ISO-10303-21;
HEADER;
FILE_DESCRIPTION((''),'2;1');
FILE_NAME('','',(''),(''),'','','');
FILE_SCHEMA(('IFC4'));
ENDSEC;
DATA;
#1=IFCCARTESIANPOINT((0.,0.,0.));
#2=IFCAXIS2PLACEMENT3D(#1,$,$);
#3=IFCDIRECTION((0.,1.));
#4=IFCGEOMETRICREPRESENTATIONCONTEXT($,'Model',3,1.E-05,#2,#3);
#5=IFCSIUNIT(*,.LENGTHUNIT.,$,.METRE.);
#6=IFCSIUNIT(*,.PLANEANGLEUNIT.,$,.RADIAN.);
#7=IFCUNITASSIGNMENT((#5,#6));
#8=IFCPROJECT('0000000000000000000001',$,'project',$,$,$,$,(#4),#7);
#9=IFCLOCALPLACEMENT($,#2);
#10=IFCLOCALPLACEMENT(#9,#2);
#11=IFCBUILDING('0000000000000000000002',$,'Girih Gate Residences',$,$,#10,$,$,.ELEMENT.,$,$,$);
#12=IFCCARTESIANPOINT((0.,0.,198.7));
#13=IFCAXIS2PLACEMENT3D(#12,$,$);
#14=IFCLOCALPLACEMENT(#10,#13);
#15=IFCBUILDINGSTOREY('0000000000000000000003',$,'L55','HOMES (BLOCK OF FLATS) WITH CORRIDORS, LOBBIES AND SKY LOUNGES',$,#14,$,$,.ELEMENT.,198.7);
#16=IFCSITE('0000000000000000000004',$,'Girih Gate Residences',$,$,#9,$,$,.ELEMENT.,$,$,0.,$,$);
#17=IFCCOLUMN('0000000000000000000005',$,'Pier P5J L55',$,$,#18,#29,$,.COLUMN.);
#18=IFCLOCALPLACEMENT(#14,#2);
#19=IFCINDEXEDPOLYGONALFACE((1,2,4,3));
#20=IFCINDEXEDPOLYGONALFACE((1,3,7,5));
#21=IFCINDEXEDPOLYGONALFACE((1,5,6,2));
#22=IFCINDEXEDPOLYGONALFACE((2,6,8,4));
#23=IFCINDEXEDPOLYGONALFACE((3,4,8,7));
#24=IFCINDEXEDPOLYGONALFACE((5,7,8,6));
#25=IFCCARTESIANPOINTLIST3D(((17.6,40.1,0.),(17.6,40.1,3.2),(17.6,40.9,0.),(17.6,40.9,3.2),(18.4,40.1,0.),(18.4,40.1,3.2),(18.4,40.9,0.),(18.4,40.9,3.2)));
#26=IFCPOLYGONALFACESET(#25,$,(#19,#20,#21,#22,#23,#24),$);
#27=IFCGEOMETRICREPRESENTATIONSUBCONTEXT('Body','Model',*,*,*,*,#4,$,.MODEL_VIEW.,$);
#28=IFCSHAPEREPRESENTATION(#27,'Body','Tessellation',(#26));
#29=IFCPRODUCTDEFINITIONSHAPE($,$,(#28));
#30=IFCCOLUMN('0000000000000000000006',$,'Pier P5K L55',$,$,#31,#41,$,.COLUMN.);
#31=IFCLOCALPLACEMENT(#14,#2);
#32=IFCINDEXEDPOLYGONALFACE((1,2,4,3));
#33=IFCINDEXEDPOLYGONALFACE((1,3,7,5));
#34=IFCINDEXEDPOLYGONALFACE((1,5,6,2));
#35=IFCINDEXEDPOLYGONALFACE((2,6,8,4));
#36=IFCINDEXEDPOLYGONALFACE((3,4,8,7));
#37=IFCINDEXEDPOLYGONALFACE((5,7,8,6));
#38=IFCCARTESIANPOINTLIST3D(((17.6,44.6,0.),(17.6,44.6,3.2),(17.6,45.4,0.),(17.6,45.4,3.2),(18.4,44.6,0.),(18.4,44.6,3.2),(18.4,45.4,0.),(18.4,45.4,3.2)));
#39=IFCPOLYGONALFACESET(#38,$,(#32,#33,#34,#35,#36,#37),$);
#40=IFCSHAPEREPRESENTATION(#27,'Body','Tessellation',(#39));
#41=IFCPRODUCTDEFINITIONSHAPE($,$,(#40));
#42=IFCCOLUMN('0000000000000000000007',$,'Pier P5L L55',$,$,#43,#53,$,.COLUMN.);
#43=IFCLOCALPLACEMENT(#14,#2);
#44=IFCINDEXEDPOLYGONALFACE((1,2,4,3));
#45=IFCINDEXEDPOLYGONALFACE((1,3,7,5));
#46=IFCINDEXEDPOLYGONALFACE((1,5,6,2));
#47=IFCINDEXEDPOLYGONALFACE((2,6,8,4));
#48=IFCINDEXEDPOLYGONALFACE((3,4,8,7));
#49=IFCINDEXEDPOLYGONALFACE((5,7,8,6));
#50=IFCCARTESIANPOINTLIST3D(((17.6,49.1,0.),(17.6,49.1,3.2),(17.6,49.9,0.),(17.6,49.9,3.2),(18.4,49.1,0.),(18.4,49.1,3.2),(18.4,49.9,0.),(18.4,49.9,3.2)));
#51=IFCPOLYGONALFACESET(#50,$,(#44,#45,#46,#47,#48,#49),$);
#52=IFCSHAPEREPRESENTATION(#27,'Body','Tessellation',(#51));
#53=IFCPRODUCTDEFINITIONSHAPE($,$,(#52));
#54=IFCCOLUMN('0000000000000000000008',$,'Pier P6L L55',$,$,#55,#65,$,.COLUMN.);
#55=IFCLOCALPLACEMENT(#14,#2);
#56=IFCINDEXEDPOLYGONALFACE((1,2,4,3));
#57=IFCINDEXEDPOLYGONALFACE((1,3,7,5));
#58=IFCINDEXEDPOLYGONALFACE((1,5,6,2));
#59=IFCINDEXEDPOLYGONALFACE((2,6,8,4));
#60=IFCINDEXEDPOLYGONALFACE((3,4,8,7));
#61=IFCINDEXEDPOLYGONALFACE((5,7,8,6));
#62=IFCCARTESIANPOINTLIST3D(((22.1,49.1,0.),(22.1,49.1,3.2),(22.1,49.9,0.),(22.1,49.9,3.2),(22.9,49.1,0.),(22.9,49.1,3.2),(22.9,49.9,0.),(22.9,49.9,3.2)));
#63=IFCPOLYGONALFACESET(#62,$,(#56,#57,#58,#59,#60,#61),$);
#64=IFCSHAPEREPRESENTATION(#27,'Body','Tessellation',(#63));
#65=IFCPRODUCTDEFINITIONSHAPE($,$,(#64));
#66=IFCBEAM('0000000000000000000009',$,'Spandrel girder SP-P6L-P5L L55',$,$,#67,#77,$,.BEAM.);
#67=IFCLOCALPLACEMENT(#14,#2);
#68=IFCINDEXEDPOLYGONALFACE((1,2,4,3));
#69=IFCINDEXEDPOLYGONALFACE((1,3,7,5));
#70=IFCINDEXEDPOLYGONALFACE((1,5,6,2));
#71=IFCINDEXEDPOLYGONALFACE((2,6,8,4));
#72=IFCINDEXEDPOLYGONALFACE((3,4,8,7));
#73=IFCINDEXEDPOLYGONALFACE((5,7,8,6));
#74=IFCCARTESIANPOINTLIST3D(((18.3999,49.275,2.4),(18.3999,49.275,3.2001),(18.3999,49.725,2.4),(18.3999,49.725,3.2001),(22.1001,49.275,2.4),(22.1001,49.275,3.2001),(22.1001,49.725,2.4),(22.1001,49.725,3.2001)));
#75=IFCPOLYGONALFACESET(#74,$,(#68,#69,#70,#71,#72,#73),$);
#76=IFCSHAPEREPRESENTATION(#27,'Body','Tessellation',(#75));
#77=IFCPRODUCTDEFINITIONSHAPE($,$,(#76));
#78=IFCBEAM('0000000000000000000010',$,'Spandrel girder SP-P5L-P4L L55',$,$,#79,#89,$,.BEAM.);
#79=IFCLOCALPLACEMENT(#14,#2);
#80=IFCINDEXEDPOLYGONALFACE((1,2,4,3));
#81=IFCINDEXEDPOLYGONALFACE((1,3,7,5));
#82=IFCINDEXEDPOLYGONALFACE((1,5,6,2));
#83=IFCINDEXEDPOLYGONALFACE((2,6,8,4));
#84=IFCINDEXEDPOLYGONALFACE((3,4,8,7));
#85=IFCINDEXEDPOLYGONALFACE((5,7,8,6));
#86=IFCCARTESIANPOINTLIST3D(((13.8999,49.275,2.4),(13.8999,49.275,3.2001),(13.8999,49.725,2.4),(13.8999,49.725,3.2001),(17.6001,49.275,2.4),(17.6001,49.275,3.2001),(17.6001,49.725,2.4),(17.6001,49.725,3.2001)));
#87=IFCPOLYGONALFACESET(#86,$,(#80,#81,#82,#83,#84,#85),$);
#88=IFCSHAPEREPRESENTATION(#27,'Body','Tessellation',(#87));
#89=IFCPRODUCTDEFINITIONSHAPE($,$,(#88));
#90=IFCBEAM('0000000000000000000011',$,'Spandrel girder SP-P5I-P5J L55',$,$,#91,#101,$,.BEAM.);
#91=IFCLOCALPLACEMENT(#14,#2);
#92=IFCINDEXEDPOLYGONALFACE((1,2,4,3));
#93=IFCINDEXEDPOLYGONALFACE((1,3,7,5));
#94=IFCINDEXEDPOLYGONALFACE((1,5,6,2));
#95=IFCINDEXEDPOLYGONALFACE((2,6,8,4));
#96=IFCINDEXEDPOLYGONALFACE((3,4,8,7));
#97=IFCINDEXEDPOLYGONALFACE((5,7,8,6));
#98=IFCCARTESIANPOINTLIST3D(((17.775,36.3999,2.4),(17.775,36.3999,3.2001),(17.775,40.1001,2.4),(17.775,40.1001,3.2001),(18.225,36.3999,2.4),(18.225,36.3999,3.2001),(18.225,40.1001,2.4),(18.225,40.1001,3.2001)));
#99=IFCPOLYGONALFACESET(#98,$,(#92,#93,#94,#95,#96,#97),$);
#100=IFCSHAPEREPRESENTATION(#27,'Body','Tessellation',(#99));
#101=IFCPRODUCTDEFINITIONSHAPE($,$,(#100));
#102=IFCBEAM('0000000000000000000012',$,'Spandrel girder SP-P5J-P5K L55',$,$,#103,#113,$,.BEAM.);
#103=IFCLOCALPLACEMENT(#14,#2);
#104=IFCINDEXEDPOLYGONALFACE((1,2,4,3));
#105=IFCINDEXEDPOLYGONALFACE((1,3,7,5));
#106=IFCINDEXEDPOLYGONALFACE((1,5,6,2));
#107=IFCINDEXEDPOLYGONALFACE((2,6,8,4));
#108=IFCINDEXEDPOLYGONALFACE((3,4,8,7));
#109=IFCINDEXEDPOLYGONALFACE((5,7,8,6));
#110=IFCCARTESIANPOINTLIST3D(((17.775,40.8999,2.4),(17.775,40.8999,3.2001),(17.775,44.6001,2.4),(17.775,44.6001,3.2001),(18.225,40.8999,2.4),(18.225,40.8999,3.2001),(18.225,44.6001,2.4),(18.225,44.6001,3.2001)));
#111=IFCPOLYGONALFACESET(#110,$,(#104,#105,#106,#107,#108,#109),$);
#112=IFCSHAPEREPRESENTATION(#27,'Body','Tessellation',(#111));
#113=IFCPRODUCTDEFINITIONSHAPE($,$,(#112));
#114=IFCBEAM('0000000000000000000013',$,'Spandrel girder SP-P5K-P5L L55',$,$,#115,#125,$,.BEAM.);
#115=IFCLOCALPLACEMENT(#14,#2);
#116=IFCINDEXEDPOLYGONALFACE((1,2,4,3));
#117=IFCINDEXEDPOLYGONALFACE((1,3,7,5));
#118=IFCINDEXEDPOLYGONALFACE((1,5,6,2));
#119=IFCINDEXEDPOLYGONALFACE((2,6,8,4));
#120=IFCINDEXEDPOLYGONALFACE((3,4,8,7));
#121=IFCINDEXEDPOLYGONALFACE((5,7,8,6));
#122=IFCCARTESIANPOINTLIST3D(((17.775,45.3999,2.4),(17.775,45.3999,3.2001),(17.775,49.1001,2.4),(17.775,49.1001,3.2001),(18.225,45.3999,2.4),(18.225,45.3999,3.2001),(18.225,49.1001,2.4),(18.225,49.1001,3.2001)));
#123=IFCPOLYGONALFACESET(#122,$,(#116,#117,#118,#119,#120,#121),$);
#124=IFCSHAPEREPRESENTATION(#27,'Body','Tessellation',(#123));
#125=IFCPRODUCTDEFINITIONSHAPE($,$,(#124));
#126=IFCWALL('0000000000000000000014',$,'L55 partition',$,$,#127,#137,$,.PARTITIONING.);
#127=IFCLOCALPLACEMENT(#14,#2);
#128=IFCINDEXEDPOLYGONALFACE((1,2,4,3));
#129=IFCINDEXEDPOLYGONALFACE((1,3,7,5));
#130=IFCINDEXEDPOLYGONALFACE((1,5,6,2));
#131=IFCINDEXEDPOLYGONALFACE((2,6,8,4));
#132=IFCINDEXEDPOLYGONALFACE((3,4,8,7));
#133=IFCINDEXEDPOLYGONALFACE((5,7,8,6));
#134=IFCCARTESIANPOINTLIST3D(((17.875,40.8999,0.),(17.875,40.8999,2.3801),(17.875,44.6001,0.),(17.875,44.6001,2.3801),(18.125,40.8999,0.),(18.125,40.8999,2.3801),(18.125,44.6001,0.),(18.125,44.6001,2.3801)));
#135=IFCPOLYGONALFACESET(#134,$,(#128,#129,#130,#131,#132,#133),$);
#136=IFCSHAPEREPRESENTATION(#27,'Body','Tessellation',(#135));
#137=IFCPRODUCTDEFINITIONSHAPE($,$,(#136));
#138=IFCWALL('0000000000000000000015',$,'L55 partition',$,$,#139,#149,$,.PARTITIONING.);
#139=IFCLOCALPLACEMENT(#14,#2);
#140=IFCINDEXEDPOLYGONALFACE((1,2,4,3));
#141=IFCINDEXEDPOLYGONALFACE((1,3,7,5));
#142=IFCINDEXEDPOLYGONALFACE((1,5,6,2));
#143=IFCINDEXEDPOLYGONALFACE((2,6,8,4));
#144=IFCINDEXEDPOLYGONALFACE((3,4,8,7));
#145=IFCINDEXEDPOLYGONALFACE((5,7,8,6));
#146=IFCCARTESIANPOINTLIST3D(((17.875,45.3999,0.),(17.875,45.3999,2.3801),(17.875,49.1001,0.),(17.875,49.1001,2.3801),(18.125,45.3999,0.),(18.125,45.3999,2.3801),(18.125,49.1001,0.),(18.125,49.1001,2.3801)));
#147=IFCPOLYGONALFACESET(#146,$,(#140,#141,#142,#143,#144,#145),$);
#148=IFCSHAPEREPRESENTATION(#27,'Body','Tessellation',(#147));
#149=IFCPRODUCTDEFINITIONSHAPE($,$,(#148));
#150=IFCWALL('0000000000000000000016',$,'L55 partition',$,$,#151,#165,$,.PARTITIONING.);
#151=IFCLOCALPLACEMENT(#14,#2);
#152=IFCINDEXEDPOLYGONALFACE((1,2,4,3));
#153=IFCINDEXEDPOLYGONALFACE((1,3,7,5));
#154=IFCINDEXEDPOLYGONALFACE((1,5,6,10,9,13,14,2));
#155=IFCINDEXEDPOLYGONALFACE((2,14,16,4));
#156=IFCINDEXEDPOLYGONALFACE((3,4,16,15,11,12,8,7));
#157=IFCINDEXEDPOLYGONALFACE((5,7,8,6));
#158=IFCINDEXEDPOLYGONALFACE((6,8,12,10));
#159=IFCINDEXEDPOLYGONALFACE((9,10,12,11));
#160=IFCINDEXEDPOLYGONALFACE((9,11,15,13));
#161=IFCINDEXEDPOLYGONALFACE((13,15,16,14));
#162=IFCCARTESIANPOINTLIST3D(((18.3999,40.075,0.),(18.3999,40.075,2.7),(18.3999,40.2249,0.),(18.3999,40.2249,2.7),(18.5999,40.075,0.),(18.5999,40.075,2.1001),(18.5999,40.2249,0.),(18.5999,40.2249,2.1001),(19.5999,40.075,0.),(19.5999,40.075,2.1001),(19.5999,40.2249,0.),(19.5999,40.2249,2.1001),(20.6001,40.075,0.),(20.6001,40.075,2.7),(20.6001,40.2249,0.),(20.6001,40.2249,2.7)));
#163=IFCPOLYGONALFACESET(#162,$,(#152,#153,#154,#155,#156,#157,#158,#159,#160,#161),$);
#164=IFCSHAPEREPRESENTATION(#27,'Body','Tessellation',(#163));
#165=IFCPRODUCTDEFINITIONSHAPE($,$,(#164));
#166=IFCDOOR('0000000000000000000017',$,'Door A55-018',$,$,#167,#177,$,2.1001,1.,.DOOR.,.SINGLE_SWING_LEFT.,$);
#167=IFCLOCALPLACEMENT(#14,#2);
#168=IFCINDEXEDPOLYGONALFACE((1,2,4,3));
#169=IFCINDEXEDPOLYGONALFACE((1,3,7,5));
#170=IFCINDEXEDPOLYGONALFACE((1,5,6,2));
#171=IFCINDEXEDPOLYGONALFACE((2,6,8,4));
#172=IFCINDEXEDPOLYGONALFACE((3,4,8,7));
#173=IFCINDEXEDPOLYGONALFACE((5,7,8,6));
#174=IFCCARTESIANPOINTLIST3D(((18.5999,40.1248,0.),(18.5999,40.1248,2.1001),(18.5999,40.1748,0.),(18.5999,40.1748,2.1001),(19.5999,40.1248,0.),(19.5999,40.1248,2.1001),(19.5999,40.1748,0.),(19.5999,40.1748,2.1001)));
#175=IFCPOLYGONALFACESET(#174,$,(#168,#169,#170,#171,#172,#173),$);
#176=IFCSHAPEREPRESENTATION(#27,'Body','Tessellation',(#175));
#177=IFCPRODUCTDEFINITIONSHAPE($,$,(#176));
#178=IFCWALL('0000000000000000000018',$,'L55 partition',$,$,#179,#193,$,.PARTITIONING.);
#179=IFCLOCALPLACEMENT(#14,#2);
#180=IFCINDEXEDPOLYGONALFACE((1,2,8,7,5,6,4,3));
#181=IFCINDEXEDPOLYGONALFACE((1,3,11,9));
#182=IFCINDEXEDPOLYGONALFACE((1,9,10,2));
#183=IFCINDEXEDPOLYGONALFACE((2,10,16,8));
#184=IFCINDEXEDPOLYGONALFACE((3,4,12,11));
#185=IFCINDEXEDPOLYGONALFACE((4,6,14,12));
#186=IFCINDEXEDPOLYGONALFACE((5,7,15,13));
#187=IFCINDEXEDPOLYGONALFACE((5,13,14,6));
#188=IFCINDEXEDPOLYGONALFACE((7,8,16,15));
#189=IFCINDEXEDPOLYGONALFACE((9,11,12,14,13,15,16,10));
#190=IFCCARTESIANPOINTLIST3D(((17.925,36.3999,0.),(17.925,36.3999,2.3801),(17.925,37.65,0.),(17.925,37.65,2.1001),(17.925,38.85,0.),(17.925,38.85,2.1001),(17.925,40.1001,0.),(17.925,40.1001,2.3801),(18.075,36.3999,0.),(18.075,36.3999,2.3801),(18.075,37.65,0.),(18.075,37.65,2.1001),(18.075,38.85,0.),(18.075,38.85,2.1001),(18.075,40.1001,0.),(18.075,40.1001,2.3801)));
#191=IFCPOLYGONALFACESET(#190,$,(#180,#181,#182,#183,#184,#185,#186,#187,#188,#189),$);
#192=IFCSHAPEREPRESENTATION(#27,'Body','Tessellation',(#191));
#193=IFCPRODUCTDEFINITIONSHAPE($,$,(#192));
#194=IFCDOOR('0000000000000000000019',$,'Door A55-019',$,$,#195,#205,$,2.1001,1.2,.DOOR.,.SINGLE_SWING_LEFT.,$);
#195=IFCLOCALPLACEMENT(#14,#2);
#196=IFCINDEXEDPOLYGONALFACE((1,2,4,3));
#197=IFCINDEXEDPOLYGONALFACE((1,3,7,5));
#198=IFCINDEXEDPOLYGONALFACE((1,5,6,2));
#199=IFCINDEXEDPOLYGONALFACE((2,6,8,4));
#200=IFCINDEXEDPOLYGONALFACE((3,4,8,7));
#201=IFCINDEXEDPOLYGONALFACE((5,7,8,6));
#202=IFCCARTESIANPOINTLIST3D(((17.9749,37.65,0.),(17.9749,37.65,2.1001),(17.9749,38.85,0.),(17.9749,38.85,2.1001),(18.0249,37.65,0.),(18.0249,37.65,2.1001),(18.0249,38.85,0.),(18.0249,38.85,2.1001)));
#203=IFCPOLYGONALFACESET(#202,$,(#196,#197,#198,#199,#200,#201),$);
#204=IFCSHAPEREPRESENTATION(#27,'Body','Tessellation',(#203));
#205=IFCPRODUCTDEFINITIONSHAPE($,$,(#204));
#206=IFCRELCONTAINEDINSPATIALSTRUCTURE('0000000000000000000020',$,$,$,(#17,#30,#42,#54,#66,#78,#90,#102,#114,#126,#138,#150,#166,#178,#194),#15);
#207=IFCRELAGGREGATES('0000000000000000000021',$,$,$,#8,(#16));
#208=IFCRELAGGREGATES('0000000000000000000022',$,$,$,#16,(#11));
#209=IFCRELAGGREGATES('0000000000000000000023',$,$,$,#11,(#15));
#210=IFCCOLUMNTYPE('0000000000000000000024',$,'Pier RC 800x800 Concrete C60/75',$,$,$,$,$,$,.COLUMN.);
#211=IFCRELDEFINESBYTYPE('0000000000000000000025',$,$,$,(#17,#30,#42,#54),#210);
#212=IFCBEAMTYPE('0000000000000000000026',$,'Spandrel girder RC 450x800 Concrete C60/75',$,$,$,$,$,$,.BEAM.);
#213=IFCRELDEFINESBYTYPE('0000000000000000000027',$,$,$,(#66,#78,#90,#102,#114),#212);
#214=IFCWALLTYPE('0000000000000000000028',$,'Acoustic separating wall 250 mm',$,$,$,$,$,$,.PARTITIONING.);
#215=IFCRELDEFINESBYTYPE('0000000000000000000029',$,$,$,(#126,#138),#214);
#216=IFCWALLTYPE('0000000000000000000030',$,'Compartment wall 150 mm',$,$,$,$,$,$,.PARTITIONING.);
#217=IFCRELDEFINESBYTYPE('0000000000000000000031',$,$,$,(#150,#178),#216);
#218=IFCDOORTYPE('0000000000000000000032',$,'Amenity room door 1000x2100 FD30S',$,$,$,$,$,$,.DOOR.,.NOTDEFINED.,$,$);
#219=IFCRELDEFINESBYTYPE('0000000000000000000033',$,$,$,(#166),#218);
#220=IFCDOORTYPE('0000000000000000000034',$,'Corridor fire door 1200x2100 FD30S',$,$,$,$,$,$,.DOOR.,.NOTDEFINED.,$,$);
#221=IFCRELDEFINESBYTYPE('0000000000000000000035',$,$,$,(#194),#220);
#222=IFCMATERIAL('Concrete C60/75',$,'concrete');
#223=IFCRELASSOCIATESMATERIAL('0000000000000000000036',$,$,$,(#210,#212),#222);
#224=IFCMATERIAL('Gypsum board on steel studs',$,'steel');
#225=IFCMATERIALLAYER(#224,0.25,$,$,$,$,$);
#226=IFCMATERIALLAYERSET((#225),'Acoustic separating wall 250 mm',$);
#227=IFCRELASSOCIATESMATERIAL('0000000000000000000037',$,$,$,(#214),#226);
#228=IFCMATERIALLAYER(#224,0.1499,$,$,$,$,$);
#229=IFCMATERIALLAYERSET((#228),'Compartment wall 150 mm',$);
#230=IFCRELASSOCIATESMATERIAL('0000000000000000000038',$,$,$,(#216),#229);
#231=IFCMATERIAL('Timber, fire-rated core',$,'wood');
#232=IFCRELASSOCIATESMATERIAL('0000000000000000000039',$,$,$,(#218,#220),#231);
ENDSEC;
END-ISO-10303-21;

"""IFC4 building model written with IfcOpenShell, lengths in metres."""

from ifc_helpers import new_model, si_unit, direction, frame, frame_2d, origin, origin_2d, place, context, subcontext, project, spatial, rectangle, extrude, material, layer, layer_set, material_profile, profile_set, type_object, element, fill, save


model = new_model("IFC4")

# Units and contexts
model_context = context("Model", 3, precision=1e-05, world=origin(), true_north=direction((0.0, 1.0)))
body_context = subcontext(model_context, "Body", "Model", "MODEL_VIEW")
ifc_project = project(units=[si_unit("LENGTHUNIT", "METRE"), si_unit("PLANEANGLEUNIT", "RADIAN")], contexts=[model_context])

# Site, building, storey
site_placement = place(None, origin())
site = spatial("IfcSite", under=ifc_project, at=site_placement, Name="Girih Gate Residences", CompositionType="ELEMENT", RefElevation=0.0)
building_placement = place(site_placement, origin())
building = spatial("IfcBuilding", under=site, at=building_placement, Name="Girih Gate Residences", CompositionType="ELEMENT")
storey_placement = place(building_placement, frame((0.0, 0.0, 198.7)))
storey = spatial("IfcBuildingStorey", under=building, at=storey_placement, Name="L55", Description="HOMES (BLOCK OF FLATS) WITH CORRIDORS, LOBBIES AND SKY LOUNGES", CompositionType="ELEMENT", Elevation=198.7)

# Columns
ifc_material_1 = material(Name="Concrete C60/75", Category="concrete")
ifc_material_profile_1 = material_profile(ifc_material_1, rectangle(XDim=0.8, YDim=0.8, at=origin_2d()))
ifc_profile_set_1 = profile_set([ifc_material_profile_1], Name="Concrete C60/75")
column_type = type_object("IfcColumnType", Name="Pier RC 800x800 Concrete C60/75", PredefinedType="COLUMN", material=ifc_profile_set_1)
for number, where, z_axis, x_axis, name in (
    (1, (18.0, 40.5, 0.0), (0.0, 0.0, 1.0), (1.0, 0.0, 0.0), "Pier P5J L55"),
    (2, (18.0, 45.0, 0.0), (0.0, 0.0, 1.0), (1.0, 0.0, 0.0), "Pier P5K L55"),
    (3, (18.0, 49.5, 0.0), (0.0, 0.0, 1.0), (1.0, 0.0, 0.0), "Pier P5L L55"),
    (4, (22.5, 49.5, 0.0), (0.0, 0.0, 1.0), (1.0, 0.0, 0.0), "Pier P6L L55"),
):
    element("IfcColumn", number, at=place(storey_placement, frame(where, z_axis=z_axis, x_axis=x_axis)), inside=storey, type_object=column_type, Name=name, PredefinedType="COLUMN", context=body_context, shape_type="SweptSolid", body=[
        extrude(rectangle(XDim=0.8, YDim=0.8, at=origin_2d()), origin(), (0.0, 0.0, 1.0), 3.2),
    ])

# Beams
ifc_material_profile_2 = material_profile(ifc_material_1, rectangle(XDim=0.45, YDim=0.8, at=origin_2d()))
ifc_profile_set_2 = profile_set([ifc_material_profile_2], Name="Concrete C60/75")
beam_type = type_object("IfcBeamType", Name="Spandrel girder RC 450x800 Concrete C60/75", PredefinedType="BEAM", material=ifc_profile_set_2)
for number, where, z_axis, x_axis, name in (
    (5, (22.1001, 49.5, 2.8), (-1.0, 0.0, 0.0), (0.0, -1.0, 0.0), "Spandrel girder SP-P6L-P5L L55"),
    (6, (17.6001, 49.5, 2.8), (-1.0, 0.0, 0.0), (0.0, -1.0, 0.0), "Spandrel girder SP-P5L-P4L L55"),
    (7, (18.0, 36.3999, 2.8), (0.0, 1.0, 0.0), (-1.0, 0.0, 0.0), "Spandrel girder SP-P5I-P5J L55"),
    (8, (18.0, 40.8999, 2.8), (0.0, 1.0, 0.0), (-1.0, 0.0, 0.0), "Spandrel girder SP-P5J-P5K L55"),
    (9, (18.0, 45.3999, 2.8), (0.0, 1.0, 0.0), (-1.0, 0.0, 0.0), "Spandrel girder SP-P5K-P5L L55"),
):
    element("IfcBeam", number, at=place(storey_placement, frame(where, z_axis=z_axis, x_axis=x_axis)), inside=storey, type_object=beam_type, Name=name, PredefinedType="BEAM", context=body_context, shape_type="SweptSolid", body=[
        extrude(rectangle(XDim=0.45, YDim=0.8, at=origin_2d()), origin(), (0.0, 0.0, 1.0), 3.7002),
    ])

# Walls
ifc_material_2 = material(Name="Gypsum board on steel studs", Category="steel")
ifc_layer_1 = layer(ifc_material_2, 0.25)
ifc_layer_set_1 = layer_set([ifc_layer_1], Name="Acoustic separating wall 250 mm")
wall_type_1 = type_object("IfcWallType", Name="Acoustic separating wall 250 mm", PredefinedType="PARTITIONING", material=ifc_layer_set_1)
for number, where, z_axis, x_axis, name in (
    (10, (18.0, 40.8999, 0.0), (0.0, 0.0, 1.0), (0.0, 1.0, 0.0), "L55 partition"),
    (11, (18.0, 45.3999, 0.0), (0.0, 0.0, 1.0), (0.0, 1.0, 0.0), "L55 partition"),
):
    element("IfcWall", number, at=place(storey_placement, frame(where, z_axis=z_axis, x_axis=x_axis)), inside=storey, type_object=wall_type_1, Name=name, PredefinedType="PARTITIONING", context=body_context, shape_type="SweptSolid", body=[
        extrude(rectangle(XDim=3.7002, YDim=0.25, at=frame_2d((1.8501, 0.0))), origin(), (0.0, 0.0, 1.0), 2.3801),
    ])

# Walls, openings, doors
ifc_layer_2 = layer(ifc_material_2, 0.1499)
ifc_layer_set_2 = layer_set([ifc_layer_2], Name="Compartment wall 150 mm")
wall_type_2 = type_object("IfcWallType", Name="Compartment wall 150 mm", PredefinedType="PARTITIONING", material=ifc_layer_set_2)
wall_1_placement = place(storey_placement, frame((18.3999, 40.1499, 0.0), z_axis=(0.0, 0.0, 1.0), x_axis=(1.0, 0.0, 0.0)))
wall_1 = element("IfcWall", 12, at=wall_1_placement, inside=storey, type_object=wall_type_2, Name="L55 partition", PredefinedType="PARTITIONING", context=body_context, shape_type="SweptSolid", body=[
    extrude(rectangle(XDim=2.2002, YDim=0.1499, at=frame_2d((1.1001, 0.0))), origin(), (0.0, 0.0, 1.0), 2.7),
])
opening_1_placement = place(wall_1_placement, frame((0.2, 0.0, 0.0)))
opening_1 = element("IfcOpeningElement", 13, at=opening_1_placement, cuts=wall_1, PredefinedType="OPENING", context=body_context, shape_type="SweptSolid", body=[
    extrude(rectangle(XDim=1.0, YDim=2.1001, at=frame_2d((0.5, 1.05))), frame((0.0, 0.085, 0.0), z_axis=(0.0, -1.0, 0.0), x_axis=(1.0, 0.0, 0.0)), (0.0, 0.0, 1.0), 0.1699),
])
ifc_material_3 = material(Name="Timber, fire-rated core", Category="wood")
door_type_1 = type_object("IfcDoorType", Name="Amenity room door 1000x2100 FD30S", OperationType="NOTDEFINED", PredefinedType="DOOR", material=ifc_material_3)
door_1_placement = place(opening_1_placement, origin())
door_1 = element("IfcDoor", 14, at=door_1_placement, inside=storey, type_object=door_type_1, Name="Door A55-018", OperationType="SINGLE_SWING_LEFT", OverallHeight=2.1001, OverallWidth=1.0, PredefinedType="DOOR", context=body_context, shape_type="SweptSolid", body=[
    extrude(rectangle(XDim=1.0, YDim=2.1001, at=frame_2d((0.5, 1.05))), frame((0.0, 0.0249, 0.0), z_axis=(0.0, -1.0, 0.0), x_axis=(1.0, 0.0, 0.0)), (0.0, 0.0, 1.0), 0.05),
])
fill(opening_1, door_1)
wall_2_placement = place(storey_placement, frame((18.0, 40.1001, 0.0), z_axis=(0.0, 0.0, 1.0), x_axis=(0.0, -1.0, 0.0)))
wall_2 = element("IfcWall", 15, at=wall_2_placement, inside=storey, type_object=wall_type_2, Name="L55 partition", PredefinedType="PARTITIONING", context=body_context, shape_type="SweptSolid", body=[
    extrude(rectangle(XDim=3.7002, YDim=0.1499, at=frame_2d((1.8501, 0.0))), origin(), (0.0, 0.0, 1.0), 2.3801),
])
opening_2_placement = place(wall_2_placement, frame((1.25, 0.0, 0.0)))
opening_2 = element("IfcOpeningElement", 16, at=opening_2_placement, cuts=wall_2, PredefinedType="OPENING", context=body_context, shape_type="SweptSolid", body=[
    extrude(rectangle(XDim=1.2, YDim=2.1001, at=frame_2d((0.6001, 1.05))), frame((0.0, 0.085, 0.0), z_axis=(0.0, -1.0, 0.0), x_axis=(1.0, 0.0, 0.0)), (0.0, 0.0, 1.0), 0.1699),
])
door_type_2 = type_object("IfcDoorType", Name="Corridor fire door 1200x2100 FD30S", OperationType="NOTDEFINED", PredefinedType="DOOR", material=ifc_material_3)
door_2_placement = place(opening_2_placement, origin())
door_2 = element("IfcDoor", 17, at=door_2_placement, inside=storey, type_object=door_type_2, Name="Door A55-019", OperationType="SINGLE_SWING_LEFT", OverallHeight=2.1001, OverallWidth=1.2, PredefinedType="DOOR", context=body_context, shape_type="SweptSolid", body=[
    extrude(rectangle(XDim=1.2, YDim=2.1001, at=frame_2d((0.6001, 1.05))), frame((0.0, 0.0249, 0.0), z_axis=(0.0, -1.0, 0.0), x_axis=(1.0, 0.0, 0.0)), (0.0, 0.0, 1.0), 0.05),
])
fill(opening_2, door_2)

save(model, "model.ifc")
